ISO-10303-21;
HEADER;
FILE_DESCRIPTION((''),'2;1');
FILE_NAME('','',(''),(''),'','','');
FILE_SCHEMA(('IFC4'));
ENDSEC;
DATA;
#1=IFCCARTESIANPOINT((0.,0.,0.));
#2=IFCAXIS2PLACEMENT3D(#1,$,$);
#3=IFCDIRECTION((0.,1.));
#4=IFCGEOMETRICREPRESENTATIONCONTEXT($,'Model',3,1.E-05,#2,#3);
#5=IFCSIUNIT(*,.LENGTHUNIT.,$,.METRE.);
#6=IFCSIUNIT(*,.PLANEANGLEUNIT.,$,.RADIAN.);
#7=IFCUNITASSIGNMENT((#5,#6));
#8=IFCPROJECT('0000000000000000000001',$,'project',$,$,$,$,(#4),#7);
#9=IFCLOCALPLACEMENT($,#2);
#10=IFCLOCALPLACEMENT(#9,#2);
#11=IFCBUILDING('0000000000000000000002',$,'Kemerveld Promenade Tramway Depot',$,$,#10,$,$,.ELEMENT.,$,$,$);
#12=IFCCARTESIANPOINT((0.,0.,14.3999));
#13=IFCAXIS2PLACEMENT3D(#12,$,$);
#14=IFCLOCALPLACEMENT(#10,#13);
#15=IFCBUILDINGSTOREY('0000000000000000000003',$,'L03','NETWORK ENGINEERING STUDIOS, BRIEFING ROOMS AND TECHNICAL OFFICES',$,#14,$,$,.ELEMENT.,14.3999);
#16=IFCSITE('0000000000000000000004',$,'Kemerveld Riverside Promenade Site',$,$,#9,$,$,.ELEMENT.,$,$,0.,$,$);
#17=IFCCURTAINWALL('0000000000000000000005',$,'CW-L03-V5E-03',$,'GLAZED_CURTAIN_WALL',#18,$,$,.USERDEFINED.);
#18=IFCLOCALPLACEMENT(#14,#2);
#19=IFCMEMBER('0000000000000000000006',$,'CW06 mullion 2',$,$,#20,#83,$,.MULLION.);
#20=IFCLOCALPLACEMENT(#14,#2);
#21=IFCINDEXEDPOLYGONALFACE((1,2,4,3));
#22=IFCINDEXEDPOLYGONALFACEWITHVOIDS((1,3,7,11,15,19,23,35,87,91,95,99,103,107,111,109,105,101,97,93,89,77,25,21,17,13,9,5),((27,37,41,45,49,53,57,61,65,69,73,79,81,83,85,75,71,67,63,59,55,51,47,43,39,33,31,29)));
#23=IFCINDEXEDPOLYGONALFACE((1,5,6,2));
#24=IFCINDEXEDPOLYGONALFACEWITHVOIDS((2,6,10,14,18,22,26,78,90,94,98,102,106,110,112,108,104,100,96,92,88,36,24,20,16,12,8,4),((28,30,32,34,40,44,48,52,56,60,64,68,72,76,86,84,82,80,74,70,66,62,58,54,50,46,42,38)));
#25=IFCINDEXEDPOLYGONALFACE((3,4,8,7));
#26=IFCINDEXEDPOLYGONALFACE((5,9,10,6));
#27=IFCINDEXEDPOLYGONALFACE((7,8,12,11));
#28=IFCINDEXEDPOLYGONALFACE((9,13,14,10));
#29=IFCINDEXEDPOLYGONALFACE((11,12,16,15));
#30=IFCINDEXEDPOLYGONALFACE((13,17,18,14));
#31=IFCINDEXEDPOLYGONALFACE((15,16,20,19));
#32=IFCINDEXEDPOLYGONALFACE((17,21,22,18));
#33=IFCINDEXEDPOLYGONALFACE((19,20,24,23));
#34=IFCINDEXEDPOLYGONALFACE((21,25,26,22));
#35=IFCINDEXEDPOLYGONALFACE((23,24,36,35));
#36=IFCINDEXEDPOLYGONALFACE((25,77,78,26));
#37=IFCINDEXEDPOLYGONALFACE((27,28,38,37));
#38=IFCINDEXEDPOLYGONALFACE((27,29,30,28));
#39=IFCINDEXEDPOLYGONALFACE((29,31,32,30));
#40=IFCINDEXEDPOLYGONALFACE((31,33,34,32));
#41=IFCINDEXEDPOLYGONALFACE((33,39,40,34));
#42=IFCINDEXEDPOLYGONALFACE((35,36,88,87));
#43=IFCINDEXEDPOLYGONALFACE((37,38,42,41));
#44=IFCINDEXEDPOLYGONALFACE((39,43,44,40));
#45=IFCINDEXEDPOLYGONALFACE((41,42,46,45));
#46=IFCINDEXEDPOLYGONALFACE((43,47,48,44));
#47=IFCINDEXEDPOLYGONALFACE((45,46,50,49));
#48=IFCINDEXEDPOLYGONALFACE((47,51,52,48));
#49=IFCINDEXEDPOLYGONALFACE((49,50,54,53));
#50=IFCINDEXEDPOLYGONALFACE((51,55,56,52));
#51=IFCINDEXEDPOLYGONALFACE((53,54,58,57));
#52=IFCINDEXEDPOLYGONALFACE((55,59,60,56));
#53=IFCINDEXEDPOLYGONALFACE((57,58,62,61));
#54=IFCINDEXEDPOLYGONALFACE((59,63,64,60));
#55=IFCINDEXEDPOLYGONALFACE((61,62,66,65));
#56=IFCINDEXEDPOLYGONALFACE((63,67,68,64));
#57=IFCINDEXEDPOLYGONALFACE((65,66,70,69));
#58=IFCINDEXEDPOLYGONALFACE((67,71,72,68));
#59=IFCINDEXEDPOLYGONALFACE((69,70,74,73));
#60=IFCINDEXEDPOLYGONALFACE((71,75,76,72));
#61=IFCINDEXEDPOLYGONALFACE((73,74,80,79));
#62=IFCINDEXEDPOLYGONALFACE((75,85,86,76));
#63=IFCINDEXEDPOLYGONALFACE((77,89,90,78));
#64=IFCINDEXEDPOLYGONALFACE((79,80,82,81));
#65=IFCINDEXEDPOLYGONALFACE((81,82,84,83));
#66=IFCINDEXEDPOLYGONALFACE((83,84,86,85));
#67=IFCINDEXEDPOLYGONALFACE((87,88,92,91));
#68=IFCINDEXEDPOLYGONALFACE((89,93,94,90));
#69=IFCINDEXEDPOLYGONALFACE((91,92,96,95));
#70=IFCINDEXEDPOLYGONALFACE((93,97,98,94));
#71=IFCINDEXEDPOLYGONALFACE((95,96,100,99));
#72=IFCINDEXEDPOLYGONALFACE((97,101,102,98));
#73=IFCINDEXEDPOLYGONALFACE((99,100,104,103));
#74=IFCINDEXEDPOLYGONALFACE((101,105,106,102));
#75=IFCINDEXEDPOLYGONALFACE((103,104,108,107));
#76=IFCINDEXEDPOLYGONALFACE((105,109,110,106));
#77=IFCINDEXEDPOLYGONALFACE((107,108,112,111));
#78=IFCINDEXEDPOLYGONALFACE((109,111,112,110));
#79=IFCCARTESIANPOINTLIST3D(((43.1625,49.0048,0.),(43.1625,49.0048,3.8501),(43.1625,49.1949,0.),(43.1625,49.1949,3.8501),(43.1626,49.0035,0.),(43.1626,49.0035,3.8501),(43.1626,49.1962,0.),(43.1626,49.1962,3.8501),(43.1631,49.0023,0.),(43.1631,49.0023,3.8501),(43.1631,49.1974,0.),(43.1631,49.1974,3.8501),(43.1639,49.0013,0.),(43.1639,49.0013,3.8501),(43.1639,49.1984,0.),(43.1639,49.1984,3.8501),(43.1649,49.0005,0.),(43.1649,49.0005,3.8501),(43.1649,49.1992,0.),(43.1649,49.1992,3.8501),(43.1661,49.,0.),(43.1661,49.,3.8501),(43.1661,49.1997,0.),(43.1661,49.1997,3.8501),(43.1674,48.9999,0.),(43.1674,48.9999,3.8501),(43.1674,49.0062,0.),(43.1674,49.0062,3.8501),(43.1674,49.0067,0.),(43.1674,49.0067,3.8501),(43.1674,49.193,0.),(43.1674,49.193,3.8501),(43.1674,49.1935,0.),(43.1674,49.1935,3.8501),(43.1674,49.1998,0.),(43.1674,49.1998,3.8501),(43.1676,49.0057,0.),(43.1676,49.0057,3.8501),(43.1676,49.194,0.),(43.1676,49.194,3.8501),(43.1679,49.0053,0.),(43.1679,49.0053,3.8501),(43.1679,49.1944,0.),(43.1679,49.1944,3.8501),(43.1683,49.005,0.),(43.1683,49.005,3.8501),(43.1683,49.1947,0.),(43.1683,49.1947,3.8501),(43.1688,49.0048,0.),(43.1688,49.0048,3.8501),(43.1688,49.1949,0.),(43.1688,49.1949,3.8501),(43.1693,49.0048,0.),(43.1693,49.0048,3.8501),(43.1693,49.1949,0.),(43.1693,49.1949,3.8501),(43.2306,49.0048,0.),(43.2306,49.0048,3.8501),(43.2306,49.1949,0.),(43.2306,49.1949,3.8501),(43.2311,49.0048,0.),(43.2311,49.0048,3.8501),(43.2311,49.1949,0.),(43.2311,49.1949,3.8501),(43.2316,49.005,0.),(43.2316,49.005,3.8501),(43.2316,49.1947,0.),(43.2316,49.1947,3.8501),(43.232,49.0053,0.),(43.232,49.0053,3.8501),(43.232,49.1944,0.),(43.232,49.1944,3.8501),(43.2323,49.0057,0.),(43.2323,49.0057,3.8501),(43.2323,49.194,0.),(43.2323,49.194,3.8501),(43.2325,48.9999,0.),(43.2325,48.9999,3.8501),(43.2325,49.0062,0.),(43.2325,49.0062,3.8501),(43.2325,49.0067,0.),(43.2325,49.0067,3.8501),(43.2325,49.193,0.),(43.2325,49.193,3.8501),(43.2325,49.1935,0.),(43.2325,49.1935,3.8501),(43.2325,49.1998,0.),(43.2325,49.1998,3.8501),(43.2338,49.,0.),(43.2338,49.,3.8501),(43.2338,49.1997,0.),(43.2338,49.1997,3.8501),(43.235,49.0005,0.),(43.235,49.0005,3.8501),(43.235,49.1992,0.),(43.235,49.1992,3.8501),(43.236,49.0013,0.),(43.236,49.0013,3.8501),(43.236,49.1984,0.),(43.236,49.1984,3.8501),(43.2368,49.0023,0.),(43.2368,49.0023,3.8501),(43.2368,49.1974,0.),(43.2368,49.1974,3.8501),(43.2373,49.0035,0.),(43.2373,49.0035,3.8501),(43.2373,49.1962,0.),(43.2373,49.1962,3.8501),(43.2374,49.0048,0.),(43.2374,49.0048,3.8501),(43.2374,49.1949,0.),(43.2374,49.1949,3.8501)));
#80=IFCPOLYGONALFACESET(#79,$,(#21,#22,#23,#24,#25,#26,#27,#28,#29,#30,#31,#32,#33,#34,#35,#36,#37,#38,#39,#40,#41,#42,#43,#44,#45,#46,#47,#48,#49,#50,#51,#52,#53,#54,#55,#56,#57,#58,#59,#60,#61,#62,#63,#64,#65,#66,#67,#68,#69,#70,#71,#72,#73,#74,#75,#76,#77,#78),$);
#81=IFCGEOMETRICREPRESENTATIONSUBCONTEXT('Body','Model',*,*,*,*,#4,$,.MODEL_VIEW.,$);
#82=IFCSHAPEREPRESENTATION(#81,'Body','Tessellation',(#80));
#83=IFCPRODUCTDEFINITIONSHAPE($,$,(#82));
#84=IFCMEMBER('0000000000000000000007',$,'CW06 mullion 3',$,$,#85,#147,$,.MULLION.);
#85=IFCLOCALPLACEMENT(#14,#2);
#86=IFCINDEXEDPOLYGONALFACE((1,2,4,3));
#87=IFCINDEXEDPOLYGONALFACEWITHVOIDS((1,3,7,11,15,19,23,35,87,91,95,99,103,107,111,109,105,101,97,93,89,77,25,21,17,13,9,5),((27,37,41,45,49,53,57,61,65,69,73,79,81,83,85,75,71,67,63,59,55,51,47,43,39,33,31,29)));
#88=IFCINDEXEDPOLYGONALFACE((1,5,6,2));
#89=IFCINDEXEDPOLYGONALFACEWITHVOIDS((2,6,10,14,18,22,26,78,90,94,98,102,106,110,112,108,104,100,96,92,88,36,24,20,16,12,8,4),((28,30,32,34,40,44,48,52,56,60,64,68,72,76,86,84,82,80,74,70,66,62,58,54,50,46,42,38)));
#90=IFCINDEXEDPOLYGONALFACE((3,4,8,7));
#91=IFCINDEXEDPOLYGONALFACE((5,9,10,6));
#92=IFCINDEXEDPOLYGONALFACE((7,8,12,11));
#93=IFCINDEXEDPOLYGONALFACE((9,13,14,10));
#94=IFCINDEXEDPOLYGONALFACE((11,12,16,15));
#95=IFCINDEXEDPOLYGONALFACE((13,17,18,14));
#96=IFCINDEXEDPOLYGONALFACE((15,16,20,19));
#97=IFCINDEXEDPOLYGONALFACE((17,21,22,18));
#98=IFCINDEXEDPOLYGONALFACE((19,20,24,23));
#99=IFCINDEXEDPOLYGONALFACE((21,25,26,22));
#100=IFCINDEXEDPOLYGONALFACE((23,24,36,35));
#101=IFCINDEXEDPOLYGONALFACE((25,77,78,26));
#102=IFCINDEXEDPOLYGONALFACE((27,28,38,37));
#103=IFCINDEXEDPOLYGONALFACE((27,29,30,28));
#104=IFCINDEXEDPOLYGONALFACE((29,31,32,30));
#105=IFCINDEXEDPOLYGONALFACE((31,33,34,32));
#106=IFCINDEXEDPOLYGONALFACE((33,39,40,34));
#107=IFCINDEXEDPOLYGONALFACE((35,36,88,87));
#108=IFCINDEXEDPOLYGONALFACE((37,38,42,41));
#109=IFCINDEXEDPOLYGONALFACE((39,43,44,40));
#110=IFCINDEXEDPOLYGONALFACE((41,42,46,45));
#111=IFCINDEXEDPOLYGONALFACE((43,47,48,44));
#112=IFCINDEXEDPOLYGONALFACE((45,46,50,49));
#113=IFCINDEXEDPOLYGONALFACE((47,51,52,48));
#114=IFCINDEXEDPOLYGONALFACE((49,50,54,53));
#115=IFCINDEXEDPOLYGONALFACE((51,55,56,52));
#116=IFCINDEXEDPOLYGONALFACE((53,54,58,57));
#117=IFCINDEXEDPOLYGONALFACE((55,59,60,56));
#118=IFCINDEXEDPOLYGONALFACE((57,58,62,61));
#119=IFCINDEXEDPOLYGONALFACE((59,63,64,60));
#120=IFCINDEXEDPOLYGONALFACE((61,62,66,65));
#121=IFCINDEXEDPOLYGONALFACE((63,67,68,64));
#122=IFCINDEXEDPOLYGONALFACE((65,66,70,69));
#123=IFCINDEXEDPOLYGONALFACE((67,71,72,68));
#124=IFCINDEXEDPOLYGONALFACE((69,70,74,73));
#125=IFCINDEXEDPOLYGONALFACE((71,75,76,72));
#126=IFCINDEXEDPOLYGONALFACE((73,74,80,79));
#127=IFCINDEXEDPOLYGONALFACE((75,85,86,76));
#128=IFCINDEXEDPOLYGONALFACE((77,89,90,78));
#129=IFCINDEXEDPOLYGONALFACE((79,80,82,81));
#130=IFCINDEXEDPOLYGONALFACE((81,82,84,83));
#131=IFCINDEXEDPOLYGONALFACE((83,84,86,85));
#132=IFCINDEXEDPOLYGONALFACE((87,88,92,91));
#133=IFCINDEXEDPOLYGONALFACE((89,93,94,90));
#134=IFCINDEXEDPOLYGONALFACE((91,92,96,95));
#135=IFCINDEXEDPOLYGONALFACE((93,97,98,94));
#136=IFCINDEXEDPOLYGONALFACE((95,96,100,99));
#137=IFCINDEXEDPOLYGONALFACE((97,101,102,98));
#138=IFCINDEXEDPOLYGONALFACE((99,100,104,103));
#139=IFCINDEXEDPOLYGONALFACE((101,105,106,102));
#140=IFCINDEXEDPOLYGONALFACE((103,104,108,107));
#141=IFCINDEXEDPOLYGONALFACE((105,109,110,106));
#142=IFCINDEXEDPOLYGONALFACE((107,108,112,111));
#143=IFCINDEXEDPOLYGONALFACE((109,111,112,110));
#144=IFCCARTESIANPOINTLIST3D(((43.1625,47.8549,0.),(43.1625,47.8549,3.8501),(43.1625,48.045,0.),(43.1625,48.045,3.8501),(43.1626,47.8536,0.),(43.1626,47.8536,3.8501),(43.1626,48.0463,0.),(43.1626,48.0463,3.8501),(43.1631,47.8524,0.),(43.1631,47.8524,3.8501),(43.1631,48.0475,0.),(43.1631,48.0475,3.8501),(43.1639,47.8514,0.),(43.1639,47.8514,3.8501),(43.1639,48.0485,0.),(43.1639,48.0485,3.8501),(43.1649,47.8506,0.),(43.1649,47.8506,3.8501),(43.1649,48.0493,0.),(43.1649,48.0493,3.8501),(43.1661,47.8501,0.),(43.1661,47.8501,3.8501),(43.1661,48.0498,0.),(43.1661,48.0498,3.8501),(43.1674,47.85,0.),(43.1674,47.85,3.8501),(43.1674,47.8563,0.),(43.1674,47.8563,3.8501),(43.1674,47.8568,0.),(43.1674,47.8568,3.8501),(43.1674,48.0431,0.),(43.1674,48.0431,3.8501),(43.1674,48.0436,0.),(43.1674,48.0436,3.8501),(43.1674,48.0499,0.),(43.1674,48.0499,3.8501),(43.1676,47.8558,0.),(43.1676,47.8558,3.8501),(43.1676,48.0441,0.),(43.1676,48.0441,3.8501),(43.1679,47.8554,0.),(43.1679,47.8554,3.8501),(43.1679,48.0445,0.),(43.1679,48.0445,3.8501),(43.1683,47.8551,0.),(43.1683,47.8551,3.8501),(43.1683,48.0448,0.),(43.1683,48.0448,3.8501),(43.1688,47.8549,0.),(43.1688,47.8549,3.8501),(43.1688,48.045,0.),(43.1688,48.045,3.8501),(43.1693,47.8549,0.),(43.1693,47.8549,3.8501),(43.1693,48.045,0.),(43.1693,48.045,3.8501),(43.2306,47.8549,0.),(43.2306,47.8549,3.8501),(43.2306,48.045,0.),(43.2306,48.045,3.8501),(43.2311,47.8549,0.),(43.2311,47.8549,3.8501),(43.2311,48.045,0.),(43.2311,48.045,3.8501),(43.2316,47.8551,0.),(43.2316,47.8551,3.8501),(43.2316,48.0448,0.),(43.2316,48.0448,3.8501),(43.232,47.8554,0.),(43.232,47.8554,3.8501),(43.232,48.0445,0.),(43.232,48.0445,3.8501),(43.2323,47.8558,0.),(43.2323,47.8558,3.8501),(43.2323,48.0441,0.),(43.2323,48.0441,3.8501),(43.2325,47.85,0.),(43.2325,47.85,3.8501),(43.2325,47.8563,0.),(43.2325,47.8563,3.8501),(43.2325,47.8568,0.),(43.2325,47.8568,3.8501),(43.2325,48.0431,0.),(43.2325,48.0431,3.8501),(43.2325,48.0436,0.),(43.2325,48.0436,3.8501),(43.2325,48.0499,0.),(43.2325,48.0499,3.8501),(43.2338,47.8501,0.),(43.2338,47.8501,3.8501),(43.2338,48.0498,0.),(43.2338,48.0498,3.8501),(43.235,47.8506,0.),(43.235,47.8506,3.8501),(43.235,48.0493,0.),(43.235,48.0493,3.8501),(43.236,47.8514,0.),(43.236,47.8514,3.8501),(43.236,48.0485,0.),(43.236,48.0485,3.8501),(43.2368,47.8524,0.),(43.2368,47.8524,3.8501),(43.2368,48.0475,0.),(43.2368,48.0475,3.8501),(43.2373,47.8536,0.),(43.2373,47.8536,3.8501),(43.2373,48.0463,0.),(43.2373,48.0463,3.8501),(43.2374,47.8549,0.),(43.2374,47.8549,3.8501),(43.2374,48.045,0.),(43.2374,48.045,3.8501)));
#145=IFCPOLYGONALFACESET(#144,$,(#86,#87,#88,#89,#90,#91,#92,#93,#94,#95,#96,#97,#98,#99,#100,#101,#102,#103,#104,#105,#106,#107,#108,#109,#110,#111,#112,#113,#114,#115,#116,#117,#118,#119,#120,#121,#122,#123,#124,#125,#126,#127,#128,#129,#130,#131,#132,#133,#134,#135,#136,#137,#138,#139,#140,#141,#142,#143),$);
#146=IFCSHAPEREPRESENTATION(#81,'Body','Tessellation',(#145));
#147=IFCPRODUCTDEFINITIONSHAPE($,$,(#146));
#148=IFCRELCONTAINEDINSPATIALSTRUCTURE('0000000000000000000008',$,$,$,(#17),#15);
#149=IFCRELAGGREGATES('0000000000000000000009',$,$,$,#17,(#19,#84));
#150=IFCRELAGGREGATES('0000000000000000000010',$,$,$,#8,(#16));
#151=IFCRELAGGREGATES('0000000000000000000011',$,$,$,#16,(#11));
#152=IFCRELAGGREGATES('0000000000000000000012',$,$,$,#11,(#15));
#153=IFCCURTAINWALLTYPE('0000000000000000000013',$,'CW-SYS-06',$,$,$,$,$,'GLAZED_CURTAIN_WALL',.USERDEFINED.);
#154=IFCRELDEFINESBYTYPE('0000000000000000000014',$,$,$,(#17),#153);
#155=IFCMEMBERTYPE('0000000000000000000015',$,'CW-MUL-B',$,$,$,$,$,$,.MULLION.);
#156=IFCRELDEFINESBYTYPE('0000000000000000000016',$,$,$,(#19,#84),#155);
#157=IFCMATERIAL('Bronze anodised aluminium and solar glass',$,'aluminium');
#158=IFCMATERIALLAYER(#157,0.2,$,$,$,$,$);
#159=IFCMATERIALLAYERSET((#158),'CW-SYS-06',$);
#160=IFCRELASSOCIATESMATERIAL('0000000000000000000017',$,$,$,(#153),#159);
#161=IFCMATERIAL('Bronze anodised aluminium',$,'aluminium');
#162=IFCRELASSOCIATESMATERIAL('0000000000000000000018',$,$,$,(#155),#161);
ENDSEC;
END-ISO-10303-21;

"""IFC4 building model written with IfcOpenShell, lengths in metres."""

from ifc_helpers import new_model, si_unit, direction, frame, origin, origin_2d, place, context, subcontext, project, spatial, hollow_rectangle, extrude, material, layer, layer_set, material_profile, profile_set, type_object, element, aggregate, save


model = new_model("IFC4")

# Units and contexts
model_context = context("Model", 3, precision=1e-05, world=origin(), true_north=direction((0.0, 1.0)))
body_context = subcontext(model_context, "Body", "Model", "MODEL_VIEW")
ifc_project = project(units=[si_unit("LENGTHUNIT", "METRE"), si_unit("PLANEANGLEUNIT", "RADIAN")], contexts=[model_context])

# Site, building, storey
site_placement = place(None, origin())
site = spatial("IfcSite", under=ifc_project, at=site_placement, Name="Kemerveld Riverside Promenade Site", CompositionType="ELEMENT", RefElevation=0.0)
building_placement = place(site_placement, origin())
building = spatial("IfcBuilding", under=site, at=building_placement, Name="Kemerveld Promenade Tramway Depot", CompositionType="ELEMENT")
storey_placement = place(building_placement, frame((0.0, 0.0, 14.3999)))
storey = spatial("IfcBuildingStorey", under=building, at=storey_placement, Name="L03", Description="NETWORK ENGINEERING STUDIOS, BRIEFING ROOMS AND TECHNICAL OFFICES", CompositionType="ELEMENT", Elevation=14.3999)

# Curtain wall, members
ifc_material_1 = material(Name="Bronze anodised aluminium and solar glass", Category="aluminium")
ifc_layer_1 = layer(ifc_material_1, 0.2)
ifc_layer_set_1 = layer_set([ifc_layer_1], Name="CW-SYS-06")
curtain_wall_type = type_object("IfcCurtainWallType", Name="CW-SYS-06", ElementType="GLAZED_CURTAIN_WALL", PredefinedType="USERDEFINED", material=ifc_layer_set_1)
curtain_wall_placement = place(storey_placement, origin())
curtain_wall = element("IfcCurtainWall", 1, at=curtain_wall_placement, inside=storey, type_object=curtain_wall_type, Name="CW-L03-V5E-03", ObjectType="GLAZED_CURTAIN_WALL", PredefinedType="USERDEFINED")
ifc_material_2 = material(Name="Bronze anodised aluminium", Category="aluminium")
ifc_material_profile_1 = material_profile(ifc_material_2, hollow_rectangle(XDim=0.075, YDim=0.2, WallThickness=0.0049, InnerFilletRadius=0.002, OuterFilletRadius=0.0049, at=origin_2d()), Name="CW-MUL-200x75")
ifc_profile_set_1 = profile_set([ifc_material_profile_1], Name="Bronze anodised aluminium")
member_type_1 = type_object("IfcMemberType", Name="CW-MUL-B", PredefinedType="MULLION", material=ifc_profile_set_1)
member_1_placement = place(storey_placement, frame((43.2, 49.0999, 0.0), z_axis=(0.0, 0.0, 1.0), x_axis=(1.0, 0.0, 0.0)))
member_1 = element("IfcMember", 2, at=member_1_placement, type_object=member_type_1, Name="CW06 mullion 2", PredefinedType="MULLION", context=body_context, shape_type="SweptSolid", body=[
    extrude(hollow_rectangle(XDim=0.075, YDim=0.2, WallThickness=0.0049, InnerFilletRadius=0.002, OuterFilletRadius=0.0049, at=origin_2d()), origin(), (0.0, 0.0, 1.0), 3.8501),
])
member_2_placement = place(storey_placement, frame((43.2, 47.95, 0.0), z_axis=(0.0, 0.0, 1.0), x_axis=(1.0, 0.0, 0.0)))
member_2 = element("IfcMember", 3, at=member_2_placement, type_object=member_type_1, Name="CW06 mullion 3", PredefinedType="MULLION", context=body_context, shape_type="SweptSolid", body=[
    extrude(hollow_rectangle(XDim=0.075, YDim=0.2, WallThickness=0.0049, InnerFilletRadius=0.002, OuterFilletRadius=0.0049, at=origin_2d()), origin(), (0.0, 0.0, 1.0), 3.8501),
])
aggregate(curtain_wall, [member_1, member_2])

save(model, "model.ifc")
